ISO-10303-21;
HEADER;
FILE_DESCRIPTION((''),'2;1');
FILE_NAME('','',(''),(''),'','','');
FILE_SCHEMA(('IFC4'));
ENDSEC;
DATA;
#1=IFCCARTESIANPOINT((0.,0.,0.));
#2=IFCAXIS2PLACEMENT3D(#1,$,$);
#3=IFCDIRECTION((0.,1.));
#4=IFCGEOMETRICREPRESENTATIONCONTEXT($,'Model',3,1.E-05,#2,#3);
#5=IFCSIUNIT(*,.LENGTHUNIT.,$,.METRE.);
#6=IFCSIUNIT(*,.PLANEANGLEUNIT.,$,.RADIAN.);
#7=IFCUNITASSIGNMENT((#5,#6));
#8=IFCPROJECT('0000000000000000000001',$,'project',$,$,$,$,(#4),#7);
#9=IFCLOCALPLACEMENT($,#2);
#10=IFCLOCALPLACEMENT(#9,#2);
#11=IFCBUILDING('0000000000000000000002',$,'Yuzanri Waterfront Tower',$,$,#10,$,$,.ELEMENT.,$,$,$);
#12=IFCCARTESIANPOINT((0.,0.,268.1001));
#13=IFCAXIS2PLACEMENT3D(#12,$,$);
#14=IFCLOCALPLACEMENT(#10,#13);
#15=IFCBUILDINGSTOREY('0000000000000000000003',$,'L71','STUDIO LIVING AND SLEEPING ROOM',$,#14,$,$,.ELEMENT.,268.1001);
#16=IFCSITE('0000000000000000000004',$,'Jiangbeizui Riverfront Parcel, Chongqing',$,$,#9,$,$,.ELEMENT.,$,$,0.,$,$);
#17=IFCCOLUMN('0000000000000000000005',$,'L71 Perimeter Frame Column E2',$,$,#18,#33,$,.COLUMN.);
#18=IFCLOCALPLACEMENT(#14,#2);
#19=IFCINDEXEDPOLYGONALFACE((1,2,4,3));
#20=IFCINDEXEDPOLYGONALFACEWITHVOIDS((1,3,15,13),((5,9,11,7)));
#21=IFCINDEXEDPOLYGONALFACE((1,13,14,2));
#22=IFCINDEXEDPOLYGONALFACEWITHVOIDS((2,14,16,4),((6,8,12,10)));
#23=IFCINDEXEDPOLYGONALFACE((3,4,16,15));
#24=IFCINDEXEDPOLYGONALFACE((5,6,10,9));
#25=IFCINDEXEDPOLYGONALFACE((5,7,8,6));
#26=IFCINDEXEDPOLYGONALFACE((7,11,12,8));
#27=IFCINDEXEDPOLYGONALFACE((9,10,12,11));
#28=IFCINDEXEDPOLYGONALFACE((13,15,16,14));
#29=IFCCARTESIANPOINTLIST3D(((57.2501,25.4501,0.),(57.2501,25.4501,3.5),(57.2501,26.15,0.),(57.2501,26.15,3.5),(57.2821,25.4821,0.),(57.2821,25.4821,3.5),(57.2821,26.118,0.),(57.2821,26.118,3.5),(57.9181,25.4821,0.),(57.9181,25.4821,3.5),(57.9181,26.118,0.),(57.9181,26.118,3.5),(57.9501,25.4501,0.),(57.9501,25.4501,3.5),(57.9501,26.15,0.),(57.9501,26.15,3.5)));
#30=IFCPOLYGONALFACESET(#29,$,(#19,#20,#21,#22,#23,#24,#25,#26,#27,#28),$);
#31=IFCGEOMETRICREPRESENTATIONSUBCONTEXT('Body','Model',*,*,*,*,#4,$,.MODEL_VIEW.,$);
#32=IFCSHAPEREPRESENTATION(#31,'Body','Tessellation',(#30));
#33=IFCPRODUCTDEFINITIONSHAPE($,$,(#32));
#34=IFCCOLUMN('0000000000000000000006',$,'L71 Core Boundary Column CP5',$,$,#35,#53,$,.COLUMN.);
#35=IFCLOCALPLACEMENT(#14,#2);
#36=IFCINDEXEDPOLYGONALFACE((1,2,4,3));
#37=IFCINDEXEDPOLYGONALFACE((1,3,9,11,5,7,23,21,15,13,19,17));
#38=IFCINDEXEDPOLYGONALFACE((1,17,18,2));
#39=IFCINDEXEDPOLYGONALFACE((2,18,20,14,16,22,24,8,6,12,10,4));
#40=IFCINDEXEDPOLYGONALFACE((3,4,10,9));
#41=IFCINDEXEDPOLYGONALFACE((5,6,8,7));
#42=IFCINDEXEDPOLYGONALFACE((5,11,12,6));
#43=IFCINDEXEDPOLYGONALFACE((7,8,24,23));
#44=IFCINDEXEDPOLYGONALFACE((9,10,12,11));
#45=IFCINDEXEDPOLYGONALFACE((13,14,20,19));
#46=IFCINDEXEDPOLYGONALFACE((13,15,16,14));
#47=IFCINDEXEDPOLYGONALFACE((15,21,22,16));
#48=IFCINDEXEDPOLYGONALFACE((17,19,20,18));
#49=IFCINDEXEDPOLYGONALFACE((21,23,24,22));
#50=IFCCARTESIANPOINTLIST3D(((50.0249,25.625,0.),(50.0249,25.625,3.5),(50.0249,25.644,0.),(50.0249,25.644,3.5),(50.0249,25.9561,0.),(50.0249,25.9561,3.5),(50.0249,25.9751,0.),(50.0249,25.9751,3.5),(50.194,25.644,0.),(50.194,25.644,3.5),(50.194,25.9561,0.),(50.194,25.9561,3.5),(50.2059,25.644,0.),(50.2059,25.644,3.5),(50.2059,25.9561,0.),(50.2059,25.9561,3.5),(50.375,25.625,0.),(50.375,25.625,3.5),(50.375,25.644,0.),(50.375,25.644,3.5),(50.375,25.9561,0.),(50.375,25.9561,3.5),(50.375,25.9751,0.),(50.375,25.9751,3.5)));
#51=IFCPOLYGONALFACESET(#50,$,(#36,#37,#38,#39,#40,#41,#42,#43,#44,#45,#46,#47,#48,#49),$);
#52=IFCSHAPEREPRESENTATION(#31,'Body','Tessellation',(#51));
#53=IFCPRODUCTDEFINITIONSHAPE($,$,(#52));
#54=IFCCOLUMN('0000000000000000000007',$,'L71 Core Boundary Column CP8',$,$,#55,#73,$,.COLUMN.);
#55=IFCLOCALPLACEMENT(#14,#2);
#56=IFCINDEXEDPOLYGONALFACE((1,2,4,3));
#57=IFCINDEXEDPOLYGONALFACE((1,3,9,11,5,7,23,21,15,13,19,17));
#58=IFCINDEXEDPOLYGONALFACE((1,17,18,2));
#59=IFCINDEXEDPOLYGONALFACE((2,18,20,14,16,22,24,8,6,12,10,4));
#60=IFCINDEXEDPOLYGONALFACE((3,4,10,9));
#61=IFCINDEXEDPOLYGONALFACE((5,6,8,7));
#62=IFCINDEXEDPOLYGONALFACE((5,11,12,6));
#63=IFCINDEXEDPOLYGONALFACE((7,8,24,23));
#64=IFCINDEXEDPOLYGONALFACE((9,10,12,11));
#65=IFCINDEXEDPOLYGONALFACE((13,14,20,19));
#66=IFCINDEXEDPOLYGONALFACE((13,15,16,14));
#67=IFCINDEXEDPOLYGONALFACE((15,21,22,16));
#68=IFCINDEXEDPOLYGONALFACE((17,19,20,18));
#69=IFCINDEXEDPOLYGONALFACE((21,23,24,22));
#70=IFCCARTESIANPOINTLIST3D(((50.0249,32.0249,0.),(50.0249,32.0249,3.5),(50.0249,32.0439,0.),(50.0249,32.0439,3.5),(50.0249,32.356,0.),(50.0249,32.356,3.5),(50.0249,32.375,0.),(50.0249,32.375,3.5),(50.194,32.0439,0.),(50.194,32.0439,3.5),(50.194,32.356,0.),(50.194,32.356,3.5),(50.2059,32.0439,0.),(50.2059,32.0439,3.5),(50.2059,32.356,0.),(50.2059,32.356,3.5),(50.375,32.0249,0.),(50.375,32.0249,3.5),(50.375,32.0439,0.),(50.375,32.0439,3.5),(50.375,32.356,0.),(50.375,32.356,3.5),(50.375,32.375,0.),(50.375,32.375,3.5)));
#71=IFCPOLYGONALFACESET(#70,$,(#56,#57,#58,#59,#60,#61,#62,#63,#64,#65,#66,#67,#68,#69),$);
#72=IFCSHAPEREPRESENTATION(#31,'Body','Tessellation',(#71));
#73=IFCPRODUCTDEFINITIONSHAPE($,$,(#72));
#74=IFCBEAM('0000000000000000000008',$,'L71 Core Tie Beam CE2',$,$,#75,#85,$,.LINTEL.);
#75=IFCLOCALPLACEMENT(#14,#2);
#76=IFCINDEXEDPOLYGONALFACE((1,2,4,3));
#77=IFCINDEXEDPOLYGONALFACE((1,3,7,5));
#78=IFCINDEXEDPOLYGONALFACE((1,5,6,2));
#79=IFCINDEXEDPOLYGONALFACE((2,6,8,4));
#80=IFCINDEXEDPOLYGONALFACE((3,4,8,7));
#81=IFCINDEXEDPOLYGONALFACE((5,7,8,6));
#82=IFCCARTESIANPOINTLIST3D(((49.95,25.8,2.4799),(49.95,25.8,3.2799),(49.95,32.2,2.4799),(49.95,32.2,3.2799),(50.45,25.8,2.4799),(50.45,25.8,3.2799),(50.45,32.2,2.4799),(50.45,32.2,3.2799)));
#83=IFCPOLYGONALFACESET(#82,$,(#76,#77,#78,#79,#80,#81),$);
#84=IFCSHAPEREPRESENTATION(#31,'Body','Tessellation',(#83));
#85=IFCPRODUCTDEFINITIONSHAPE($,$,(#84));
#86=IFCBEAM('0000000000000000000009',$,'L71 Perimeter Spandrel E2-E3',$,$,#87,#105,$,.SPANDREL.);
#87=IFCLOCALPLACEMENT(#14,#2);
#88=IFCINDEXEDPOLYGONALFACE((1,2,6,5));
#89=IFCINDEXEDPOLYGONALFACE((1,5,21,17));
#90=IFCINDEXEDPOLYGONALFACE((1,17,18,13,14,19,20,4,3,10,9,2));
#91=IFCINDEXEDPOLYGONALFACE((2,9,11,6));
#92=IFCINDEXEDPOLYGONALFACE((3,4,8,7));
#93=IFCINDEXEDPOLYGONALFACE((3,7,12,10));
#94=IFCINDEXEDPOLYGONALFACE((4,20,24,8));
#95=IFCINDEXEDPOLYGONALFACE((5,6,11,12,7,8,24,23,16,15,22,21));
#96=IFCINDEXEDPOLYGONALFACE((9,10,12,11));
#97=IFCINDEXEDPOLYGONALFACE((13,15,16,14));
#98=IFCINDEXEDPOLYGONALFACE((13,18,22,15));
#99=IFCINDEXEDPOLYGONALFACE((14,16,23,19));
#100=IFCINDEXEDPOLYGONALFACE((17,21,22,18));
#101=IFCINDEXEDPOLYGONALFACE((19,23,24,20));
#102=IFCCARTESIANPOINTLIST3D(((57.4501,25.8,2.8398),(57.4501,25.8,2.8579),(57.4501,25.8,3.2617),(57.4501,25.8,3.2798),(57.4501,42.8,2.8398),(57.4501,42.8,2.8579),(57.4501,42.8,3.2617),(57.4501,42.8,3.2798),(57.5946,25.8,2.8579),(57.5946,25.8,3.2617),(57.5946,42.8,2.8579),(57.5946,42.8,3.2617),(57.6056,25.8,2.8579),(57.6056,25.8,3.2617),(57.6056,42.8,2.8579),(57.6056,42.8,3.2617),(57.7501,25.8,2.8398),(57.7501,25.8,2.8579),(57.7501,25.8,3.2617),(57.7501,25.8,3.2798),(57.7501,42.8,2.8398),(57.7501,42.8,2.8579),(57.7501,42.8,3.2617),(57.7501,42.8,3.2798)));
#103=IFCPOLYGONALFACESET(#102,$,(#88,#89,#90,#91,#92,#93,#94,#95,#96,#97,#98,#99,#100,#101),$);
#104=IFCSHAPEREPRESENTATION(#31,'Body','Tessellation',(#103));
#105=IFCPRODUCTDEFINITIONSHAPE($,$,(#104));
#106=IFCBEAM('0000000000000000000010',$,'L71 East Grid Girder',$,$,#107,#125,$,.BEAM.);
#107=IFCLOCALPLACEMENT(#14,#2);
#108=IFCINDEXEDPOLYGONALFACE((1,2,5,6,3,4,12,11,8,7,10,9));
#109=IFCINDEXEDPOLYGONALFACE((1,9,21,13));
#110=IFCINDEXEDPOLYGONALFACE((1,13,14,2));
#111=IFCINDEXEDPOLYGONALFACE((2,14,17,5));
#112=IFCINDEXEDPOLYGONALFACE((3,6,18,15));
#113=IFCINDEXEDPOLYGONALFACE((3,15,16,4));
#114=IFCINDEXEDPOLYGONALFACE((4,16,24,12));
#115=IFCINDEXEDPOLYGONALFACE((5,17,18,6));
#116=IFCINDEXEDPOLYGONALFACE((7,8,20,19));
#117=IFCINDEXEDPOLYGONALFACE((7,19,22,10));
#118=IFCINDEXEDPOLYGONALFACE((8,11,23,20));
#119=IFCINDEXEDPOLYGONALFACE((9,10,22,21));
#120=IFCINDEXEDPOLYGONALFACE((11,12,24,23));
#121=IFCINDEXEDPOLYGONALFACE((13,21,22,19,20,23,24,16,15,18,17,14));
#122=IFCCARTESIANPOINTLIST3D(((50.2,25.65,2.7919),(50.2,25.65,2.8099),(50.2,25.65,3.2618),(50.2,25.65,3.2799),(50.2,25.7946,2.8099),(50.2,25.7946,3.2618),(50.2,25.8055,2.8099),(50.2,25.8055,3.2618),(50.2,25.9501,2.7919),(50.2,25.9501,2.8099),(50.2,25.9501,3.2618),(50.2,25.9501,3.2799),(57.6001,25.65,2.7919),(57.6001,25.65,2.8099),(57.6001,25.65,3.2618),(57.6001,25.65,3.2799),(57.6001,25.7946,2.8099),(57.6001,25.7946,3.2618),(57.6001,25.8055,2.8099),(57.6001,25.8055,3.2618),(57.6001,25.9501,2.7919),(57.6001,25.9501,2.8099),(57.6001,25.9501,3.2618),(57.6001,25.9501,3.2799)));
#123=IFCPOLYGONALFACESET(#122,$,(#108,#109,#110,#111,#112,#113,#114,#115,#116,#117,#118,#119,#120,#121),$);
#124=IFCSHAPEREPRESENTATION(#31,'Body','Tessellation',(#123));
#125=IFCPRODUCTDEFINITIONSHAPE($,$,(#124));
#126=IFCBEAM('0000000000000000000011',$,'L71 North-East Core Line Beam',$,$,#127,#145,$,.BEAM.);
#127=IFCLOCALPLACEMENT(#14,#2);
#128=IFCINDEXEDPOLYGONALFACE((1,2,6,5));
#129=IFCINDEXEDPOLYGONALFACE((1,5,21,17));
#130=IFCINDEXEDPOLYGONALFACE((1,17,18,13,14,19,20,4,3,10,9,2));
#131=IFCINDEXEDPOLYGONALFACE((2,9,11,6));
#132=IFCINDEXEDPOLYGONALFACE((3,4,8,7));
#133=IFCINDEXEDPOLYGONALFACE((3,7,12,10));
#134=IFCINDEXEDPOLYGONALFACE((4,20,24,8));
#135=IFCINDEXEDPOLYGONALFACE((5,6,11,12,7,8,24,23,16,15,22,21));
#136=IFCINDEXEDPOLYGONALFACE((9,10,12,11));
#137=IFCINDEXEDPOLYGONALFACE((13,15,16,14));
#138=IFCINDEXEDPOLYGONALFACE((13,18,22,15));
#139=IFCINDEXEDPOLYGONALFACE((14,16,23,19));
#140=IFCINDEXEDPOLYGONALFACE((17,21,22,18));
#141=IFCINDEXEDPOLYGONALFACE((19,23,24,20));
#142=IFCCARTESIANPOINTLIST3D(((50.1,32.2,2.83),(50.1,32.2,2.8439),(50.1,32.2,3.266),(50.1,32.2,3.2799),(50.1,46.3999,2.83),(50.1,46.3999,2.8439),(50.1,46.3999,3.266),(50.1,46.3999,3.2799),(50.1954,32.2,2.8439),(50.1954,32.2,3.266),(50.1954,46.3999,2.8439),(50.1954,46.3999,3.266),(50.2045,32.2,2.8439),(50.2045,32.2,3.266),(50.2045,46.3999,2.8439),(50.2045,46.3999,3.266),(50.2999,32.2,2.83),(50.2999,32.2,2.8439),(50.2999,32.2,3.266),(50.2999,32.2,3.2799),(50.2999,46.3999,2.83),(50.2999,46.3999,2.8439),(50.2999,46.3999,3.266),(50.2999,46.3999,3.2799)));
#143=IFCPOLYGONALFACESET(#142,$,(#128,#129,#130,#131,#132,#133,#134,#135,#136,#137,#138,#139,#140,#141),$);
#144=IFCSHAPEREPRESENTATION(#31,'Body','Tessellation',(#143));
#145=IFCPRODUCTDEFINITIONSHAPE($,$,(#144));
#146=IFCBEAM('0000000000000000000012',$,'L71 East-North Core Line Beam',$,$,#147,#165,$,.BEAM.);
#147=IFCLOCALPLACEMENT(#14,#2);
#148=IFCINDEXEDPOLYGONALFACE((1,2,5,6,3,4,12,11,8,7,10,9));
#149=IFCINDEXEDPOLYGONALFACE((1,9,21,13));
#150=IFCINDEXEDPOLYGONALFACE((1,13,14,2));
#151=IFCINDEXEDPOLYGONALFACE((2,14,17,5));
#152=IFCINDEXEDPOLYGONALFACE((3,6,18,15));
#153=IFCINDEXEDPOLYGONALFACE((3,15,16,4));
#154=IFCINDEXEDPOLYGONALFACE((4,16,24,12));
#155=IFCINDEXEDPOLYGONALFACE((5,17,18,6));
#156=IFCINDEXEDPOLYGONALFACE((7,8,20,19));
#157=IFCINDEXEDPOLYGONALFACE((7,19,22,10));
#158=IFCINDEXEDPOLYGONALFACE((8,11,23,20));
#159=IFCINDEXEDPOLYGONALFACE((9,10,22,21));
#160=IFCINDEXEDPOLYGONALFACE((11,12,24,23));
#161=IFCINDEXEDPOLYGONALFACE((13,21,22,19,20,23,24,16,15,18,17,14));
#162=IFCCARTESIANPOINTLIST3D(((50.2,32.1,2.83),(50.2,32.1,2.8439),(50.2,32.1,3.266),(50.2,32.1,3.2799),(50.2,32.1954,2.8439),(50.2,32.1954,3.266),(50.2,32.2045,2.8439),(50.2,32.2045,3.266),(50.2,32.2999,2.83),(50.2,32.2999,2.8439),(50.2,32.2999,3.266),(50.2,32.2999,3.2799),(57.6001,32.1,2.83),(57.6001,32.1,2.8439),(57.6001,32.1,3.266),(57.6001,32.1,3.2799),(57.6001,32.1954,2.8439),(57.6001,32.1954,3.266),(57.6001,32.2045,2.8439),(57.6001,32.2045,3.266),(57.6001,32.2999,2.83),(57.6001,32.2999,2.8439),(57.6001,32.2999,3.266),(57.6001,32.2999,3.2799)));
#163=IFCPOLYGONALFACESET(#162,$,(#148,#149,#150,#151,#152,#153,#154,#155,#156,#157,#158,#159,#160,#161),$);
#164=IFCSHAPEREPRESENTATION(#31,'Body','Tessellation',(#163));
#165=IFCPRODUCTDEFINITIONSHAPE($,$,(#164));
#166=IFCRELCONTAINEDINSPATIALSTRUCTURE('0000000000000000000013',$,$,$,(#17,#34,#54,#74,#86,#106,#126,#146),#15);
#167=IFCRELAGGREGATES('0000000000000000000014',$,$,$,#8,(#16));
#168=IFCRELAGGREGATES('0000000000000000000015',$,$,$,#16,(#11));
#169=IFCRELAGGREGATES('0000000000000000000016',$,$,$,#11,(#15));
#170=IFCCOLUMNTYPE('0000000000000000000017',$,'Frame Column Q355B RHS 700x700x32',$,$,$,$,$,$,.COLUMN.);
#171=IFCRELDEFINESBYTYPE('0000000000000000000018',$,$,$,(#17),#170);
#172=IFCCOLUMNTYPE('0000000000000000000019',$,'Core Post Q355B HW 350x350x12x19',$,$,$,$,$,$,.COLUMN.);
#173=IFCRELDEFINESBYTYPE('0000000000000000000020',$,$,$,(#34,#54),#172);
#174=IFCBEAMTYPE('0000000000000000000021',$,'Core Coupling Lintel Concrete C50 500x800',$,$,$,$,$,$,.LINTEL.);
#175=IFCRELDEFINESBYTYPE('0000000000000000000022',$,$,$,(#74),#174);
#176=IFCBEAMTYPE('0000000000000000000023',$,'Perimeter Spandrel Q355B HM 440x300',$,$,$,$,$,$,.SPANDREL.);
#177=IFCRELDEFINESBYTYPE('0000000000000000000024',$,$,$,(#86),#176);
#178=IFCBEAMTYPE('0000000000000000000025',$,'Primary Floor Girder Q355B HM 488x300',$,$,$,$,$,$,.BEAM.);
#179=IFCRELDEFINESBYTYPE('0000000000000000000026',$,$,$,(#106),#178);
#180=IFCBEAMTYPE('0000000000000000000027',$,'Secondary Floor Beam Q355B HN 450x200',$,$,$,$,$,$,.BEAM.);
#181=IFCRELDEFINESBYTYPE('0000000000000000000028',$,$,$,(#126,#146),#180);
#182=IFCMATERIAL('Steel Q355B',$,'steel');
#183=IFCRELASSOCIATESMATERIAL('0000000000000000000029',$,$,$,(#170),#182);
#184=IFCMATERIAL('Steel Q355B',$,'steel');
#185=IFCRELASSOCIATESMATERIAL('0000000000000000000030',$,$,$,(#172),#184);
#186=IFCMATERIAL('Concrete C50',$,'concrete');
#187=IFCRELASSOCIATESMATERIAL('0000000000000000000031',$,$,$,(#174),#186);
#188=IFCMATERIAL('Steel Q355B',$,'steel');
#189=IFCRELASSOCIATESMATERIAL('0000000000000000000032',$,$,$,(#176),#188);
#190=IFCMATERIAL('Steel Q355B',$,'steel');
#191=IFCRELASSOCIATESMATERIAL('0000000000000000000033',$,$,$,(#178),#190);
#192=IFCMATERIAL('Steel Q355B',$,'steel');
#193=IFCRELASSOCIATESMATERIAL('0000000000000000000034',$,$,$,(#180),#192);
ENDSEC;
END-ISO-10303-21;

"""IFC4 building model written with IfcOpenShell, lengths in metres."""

from ifc_helpers import new_model, si_unit, direction, frame, origin, origin_2d, place, context, subcontext, project, spatial, rectangle, hollow_rectangle, i_section, extrude, source, transform, mapped, material, material_profile, profile_set, type_object, element, save


model = new_model("IFC4")

# Units and contexts
model_context = context("Model", 3, precision=1e-05, world=origin(), true_north=direction((0.0, 1.0)))
body_context = subcontext(model_context, "Body", "Model", "MODEL_VIEW")
ifc_project = project(units=[si_unit("LENGTHUNIT", "METRE"), si_unit("PLANEANGLEUNIT", "RADIAN")], contexts=[model_context])

# Site, building, storey
site_placement = place(None, origin())
site = spatial("IfcSite", under=ifc_project, at=site_placement, Name="Jiangbeizui Riverfront Parcel, Chongqing", CompositionType="ELEMENT", RefElevation=0.0)
building_placement = place(site_placement, origin())
building = spatial("IfcBuilding", under=site, at=building_placement, Name="Yuzanri Waterfront Tower", CompositionType="ELEMENT")
storey_placement = place(building_placement, frame((0.0, 0.0, 268.1001)))
storey = spatial("IfcBuildingStorey", under=building, at=storey_placement, Name="L71", Description="STUDIO LIVING AND SLEEPING ROOM", CompositionType="ELEMENT", Elevation=268.1001)

# Columns
ifc_material_1 = material(Name="Steel Q355B", Category="steel")
ifc_material_profile_1 = material_profile(ifc_material_1, hollow_rectangle(XDim=0.7, YDim=0.7, WallThickness=0.032, at=origin_2d()), Name="RHS 700x700x32")
ifc_profile_set_1 = profile_set([ifc_material_profile_1], Name="Steel Q355B")
column_type_1 = type_object("IfcColumnType", Name="Frame Column Q355B RHS 700x700x32", PredefinedType="COLUMN", material=ifc_profile_set_1)
shared_shape_1 = source(origin(), body_context, "Body", "SweptSolid", [
    extrude(hollow_rectangle(XDim=0.7, YDim=0.7, WallThickness=0.032, at=origin_2d()), origin(), (0.0, 0.0, 1.0), 3.5),
])
column_placement = place(storey_placement, frame((57.6001, 25.8, 0.0), z_axis=(0.0, 0.0, 1.0), x_axis=(1.0, 0.0, 0.0)))
element("IfcColumn", 1, at=column_placement, inside=storey, type_object=column_type_1, Name="L71 Perimeter Frame Column E2", PredefinedType="COLUMN", context=body_context, shape_type="MappedRepresentation", body=[
    mapped(shared_shape_1, transform((0.0, 0.0, 0.0), scale=1.0)),
])
ifc_material_2 = material(Name="Steel Q355B", Category="steel")
ifc_material_profile_2 = material_profile(ifc_material_2, i_section(OverallWidth=0.3501, OverallDepth=0.3501, WebThickness=0.012, FlangeThickness=0.019, at=origin_2d()), Name="HW 350x350x12x19")
ifc_profile_set_2 = profile_set([ifc_material_profile_2], Name="Steel Q355B")
column_type_2 = type_object("IfcColumnType", Name="Core Post Q355B HW 350x350x12x19", PredefinedType="COLUMN", material=ifc_profile_set_2)
shared_shape_2 = source(origin(), body_context, "Body", "SweptSolid", [
    extrude(i_section(OverallWidth=0.3501, OverallDepth=0.3501, WebThickness=0.012, FlangeThickness=0.019, at=origin_2d()), origin(), (0.0, 0.0, 1.0), 3.5),
])
for number, where, z_axis, x_axis, name in (
    (2, (50.2, 25.8, 0.0), (0.0, 0.0, 1.0), (1.0, 0.0, 0.0), "L71 Core Boundary Column CP5"),
    (3, (50.2, 32.2, 0.0), (0.0, 0.0, 1.0), (1.0, 0.0, 0.0), "L71 Core Boundary Column CP8"),
):
    element("IfcColumn", number, at=place(storey_placement, frame(where, z_axis=z_axis, x_axis=x_axis)), inside=storey, type_object=column_type_2, Name=name, PredefinedType="COLUMN", context=body_context, shape_type="MappedRepresentation", body=[
        mapped(shared_shape_2, transform((0.0, 0.0, 0.0), scale=1.0)),
    ])

# Beams
ifc_material_3 = material(Name="Concrete C50", Category="concrete")
ifc_material_profile_3 = material_profile(ifc_material_3, rectangle(XDim=0.5, YDim=0.8, at=origin_2d()), Name="RC 500x800")
ifc_profile_set_3 = profile_set([ifc_material_profile_3], Name="Concrete C50")
beam_type_1 = type_object("IfcBeamType", Name="Core Coupling Lintel Concrete C50 500x800", PredefinedType="LINTEL", material=ifc_profile_set_3)
shared_shape_3 = source(origin(), body_context, "Body", "SweptSolid", [
    extrude(rectangle(XDim=0.5, YDim=0.8, at=origin_2d()), origin(), (0.0, 0.0, 1.0), 6.3999),
])
beam_1_placement = place(storey_placement, frame((50.2, 25.8, 2.8799), z_axis=(0.0, 1.0, 0.0), x_axis=(-1.0, 0.0, 0.0)))
element("IfcBeam", 4, at=beam_1_placement, inside=storey, type_object=beam_type_1, Name="L71 Core Tie Beam CE2", PredefinedType="LINTEL", context=body_context, shape_type="MappedRepresentation", body=[
    mapped(shared_shape_3, transform((0.0, 0.0, 0.0), scale=1.0)),
])
ifc_material_4 = material(Name="Steel Q355B", Category="steel")
ifc_material_profile_4 = material_profile(ifc_material_4, i_section(OverallWidth=0.3, OverallDepth=0.4399, WebThickness=0.011, FlangeThickness=0.0181, at=origin_2d()), Name="HM 440x300x11x18")
ifc_profile_set_4 = profile_set([ifc_material_profile_4], Name="Steel Q355B")
beam_type_2 = type_object("IfcBeamType", Name="Perimeter Spandrel Q355B HM 440x300", PredefinedType="SPANDREL", material=ifc_profile_set_4)
shared_shape_4 = source(origin(), body_context, "Body", "SweptSolid", [
    extrude(i_section(OverallWidth=0.3, OverallDepth=0.4399, WebThickness=0.011, FlangeThickness=0.0181, at=origin_2d()), origin(), (0.0, 0.0, 1.0), 17.0),
])
beam_2_placement = place(storey_placement, frame((57.6001, 25.8, 3.0598), z_axis=(0.0, 1.0, 0.0), x_axis=(-1.0, 0.0, 0.0)))
element("IfcBeam", 5, at=beam_2_placement, inside=storey, type_object=beam_type_2, Name="L71 Perimeter Spandrel E2-E3", PredefinedType="SPANDREL", context=body_context, shape_type="MappedRepresentation", body=[
    mapped(shared_shape_4, transform((0.0, 0.0, 0.0), scale=1.0)),
])
ifc_material_5 = material(Name="Steel Q355B", Category="steel")
ifc_material_profile_5 = material_profile(ifc_material_5, i_section(OverallWidth=0.3, OverallDepth=0.488, WebThickness=0.011, FlangeThickness=0.0181, at=origin_2d()), Name="HM 488x300x11x18")
ifc_profile_set_5 = profile_set([ifc_material_profile_5], Name="Steel Q355B")
beam_type_3 = type_object("IfcBeamType", Name="Primary Floor Girder Q355B HM 488x300", PredefinedType="BEAM", material=ifc_profile_set_5)
shared_shape_5 = source(origin(), body_context, "Body", "SweptSolid", [
    extrude(i_section(OverallWidth=0.3, OverallDepth=0.488, WebThickness=0.011, FlangeThickness=0.0181, at=origin_2d()), origin(), (0.0, 0.0, 1.0), 7.4001),
])
beam_3_placement = place(storey_placement, frame((50.2, 25.8, 3.0359), z_axis=(1.0, 0.0, 0.0), x_axis=(0.0, 1.0, 0.0)))
element("IfcBeam", 6, at=beam_3_placement, inside=storey, type_object=beam_type_3, Name="L71 East Grid Girder", PredefinedType="BEAM", context=body_context, shape_type="MappedRepresentation", body=[
    mapped(shared_shape_5, transform((0.0, 0.0, 0.0), scale=1.0)),
])
ifc_material_6 = material(Name="Steel Q355B", Category="steel")
ifc_material_profile_6 = material_profile(ifc_material_6, i_section(OverallWidth=0.2, OverallDepth=0.45, WebThickness=0.009, FlangeThickness=0.0139, at=origin_2d()), Name="HN 450x200x9x14")
ifc_profile_set_6 = profile_set([ifc_material_profile_6], Name="Steel Q355B")
beam_type_4 = type_object("IfcBeamType", Name="Secondary Floor Beam Q355B HN 450x200", PredefinedType="BEAM", material=ifc_profile_set_6)
shared_shape_6 = source(origin(), body_context, "Body", "SweptSolid", [
    extrude(i_section(OverallWidth=0.2, OverallDepth=0.45, WebThickness=0.009, FlangeThickness=0.0139, at=origin_2d()), origin(), (0.0, 0.0, 1.0), 14.2),
])
beam_4_placement = place(storey_placement, frame((50.2, 32.2, 3.0549), z_axis=(0.0, 1.0, 0.0), x_axis=(-1.0, 0.0, 0.0)))
element("IfcBeam", 7, at=beam_4_placement, inside=storey, type_object=beam_type_4, Name="L71 North-East Core Line Beam", PredefinedType="BEAM", context=body_context, shape_type="MappedRepresentation", body=[
    mapped(shared_shape_6, transform((0.0, 0.0, 0.0), scale=1.0)),
])
shared_shape_7 = source(origin(), body_context, "Body", "SweptSolid", [
    extrude(i_section(OverallWidth=0.2, OverallDepth=0.45, WebThickness=0.009, FlangeThickness=0.0139, at=origin_2d()), origin(), (0.0, 0.0, 1.0), 7.4001),
])
beam_5_placement = place(storey_placement, frame((50.2, 32.2, 3.0549), z_axis=(1.0, 0.0, 0.0), x_axis=(0.0, 1.0, 0.0)))
element("IfcBeam", 8, at=beam_5_placement, inside=storey, type_object=beam_type_4, Name="L71 East-North Core Line Beam", PredefinedType="BEAM", context=body_context, shape_type="MappedRepresentation", body=[
    mapped(shared_shape_7, transform((0.0, 0.0, 0.0), scale=1.0)),
])

save(model, "model.ifc")
